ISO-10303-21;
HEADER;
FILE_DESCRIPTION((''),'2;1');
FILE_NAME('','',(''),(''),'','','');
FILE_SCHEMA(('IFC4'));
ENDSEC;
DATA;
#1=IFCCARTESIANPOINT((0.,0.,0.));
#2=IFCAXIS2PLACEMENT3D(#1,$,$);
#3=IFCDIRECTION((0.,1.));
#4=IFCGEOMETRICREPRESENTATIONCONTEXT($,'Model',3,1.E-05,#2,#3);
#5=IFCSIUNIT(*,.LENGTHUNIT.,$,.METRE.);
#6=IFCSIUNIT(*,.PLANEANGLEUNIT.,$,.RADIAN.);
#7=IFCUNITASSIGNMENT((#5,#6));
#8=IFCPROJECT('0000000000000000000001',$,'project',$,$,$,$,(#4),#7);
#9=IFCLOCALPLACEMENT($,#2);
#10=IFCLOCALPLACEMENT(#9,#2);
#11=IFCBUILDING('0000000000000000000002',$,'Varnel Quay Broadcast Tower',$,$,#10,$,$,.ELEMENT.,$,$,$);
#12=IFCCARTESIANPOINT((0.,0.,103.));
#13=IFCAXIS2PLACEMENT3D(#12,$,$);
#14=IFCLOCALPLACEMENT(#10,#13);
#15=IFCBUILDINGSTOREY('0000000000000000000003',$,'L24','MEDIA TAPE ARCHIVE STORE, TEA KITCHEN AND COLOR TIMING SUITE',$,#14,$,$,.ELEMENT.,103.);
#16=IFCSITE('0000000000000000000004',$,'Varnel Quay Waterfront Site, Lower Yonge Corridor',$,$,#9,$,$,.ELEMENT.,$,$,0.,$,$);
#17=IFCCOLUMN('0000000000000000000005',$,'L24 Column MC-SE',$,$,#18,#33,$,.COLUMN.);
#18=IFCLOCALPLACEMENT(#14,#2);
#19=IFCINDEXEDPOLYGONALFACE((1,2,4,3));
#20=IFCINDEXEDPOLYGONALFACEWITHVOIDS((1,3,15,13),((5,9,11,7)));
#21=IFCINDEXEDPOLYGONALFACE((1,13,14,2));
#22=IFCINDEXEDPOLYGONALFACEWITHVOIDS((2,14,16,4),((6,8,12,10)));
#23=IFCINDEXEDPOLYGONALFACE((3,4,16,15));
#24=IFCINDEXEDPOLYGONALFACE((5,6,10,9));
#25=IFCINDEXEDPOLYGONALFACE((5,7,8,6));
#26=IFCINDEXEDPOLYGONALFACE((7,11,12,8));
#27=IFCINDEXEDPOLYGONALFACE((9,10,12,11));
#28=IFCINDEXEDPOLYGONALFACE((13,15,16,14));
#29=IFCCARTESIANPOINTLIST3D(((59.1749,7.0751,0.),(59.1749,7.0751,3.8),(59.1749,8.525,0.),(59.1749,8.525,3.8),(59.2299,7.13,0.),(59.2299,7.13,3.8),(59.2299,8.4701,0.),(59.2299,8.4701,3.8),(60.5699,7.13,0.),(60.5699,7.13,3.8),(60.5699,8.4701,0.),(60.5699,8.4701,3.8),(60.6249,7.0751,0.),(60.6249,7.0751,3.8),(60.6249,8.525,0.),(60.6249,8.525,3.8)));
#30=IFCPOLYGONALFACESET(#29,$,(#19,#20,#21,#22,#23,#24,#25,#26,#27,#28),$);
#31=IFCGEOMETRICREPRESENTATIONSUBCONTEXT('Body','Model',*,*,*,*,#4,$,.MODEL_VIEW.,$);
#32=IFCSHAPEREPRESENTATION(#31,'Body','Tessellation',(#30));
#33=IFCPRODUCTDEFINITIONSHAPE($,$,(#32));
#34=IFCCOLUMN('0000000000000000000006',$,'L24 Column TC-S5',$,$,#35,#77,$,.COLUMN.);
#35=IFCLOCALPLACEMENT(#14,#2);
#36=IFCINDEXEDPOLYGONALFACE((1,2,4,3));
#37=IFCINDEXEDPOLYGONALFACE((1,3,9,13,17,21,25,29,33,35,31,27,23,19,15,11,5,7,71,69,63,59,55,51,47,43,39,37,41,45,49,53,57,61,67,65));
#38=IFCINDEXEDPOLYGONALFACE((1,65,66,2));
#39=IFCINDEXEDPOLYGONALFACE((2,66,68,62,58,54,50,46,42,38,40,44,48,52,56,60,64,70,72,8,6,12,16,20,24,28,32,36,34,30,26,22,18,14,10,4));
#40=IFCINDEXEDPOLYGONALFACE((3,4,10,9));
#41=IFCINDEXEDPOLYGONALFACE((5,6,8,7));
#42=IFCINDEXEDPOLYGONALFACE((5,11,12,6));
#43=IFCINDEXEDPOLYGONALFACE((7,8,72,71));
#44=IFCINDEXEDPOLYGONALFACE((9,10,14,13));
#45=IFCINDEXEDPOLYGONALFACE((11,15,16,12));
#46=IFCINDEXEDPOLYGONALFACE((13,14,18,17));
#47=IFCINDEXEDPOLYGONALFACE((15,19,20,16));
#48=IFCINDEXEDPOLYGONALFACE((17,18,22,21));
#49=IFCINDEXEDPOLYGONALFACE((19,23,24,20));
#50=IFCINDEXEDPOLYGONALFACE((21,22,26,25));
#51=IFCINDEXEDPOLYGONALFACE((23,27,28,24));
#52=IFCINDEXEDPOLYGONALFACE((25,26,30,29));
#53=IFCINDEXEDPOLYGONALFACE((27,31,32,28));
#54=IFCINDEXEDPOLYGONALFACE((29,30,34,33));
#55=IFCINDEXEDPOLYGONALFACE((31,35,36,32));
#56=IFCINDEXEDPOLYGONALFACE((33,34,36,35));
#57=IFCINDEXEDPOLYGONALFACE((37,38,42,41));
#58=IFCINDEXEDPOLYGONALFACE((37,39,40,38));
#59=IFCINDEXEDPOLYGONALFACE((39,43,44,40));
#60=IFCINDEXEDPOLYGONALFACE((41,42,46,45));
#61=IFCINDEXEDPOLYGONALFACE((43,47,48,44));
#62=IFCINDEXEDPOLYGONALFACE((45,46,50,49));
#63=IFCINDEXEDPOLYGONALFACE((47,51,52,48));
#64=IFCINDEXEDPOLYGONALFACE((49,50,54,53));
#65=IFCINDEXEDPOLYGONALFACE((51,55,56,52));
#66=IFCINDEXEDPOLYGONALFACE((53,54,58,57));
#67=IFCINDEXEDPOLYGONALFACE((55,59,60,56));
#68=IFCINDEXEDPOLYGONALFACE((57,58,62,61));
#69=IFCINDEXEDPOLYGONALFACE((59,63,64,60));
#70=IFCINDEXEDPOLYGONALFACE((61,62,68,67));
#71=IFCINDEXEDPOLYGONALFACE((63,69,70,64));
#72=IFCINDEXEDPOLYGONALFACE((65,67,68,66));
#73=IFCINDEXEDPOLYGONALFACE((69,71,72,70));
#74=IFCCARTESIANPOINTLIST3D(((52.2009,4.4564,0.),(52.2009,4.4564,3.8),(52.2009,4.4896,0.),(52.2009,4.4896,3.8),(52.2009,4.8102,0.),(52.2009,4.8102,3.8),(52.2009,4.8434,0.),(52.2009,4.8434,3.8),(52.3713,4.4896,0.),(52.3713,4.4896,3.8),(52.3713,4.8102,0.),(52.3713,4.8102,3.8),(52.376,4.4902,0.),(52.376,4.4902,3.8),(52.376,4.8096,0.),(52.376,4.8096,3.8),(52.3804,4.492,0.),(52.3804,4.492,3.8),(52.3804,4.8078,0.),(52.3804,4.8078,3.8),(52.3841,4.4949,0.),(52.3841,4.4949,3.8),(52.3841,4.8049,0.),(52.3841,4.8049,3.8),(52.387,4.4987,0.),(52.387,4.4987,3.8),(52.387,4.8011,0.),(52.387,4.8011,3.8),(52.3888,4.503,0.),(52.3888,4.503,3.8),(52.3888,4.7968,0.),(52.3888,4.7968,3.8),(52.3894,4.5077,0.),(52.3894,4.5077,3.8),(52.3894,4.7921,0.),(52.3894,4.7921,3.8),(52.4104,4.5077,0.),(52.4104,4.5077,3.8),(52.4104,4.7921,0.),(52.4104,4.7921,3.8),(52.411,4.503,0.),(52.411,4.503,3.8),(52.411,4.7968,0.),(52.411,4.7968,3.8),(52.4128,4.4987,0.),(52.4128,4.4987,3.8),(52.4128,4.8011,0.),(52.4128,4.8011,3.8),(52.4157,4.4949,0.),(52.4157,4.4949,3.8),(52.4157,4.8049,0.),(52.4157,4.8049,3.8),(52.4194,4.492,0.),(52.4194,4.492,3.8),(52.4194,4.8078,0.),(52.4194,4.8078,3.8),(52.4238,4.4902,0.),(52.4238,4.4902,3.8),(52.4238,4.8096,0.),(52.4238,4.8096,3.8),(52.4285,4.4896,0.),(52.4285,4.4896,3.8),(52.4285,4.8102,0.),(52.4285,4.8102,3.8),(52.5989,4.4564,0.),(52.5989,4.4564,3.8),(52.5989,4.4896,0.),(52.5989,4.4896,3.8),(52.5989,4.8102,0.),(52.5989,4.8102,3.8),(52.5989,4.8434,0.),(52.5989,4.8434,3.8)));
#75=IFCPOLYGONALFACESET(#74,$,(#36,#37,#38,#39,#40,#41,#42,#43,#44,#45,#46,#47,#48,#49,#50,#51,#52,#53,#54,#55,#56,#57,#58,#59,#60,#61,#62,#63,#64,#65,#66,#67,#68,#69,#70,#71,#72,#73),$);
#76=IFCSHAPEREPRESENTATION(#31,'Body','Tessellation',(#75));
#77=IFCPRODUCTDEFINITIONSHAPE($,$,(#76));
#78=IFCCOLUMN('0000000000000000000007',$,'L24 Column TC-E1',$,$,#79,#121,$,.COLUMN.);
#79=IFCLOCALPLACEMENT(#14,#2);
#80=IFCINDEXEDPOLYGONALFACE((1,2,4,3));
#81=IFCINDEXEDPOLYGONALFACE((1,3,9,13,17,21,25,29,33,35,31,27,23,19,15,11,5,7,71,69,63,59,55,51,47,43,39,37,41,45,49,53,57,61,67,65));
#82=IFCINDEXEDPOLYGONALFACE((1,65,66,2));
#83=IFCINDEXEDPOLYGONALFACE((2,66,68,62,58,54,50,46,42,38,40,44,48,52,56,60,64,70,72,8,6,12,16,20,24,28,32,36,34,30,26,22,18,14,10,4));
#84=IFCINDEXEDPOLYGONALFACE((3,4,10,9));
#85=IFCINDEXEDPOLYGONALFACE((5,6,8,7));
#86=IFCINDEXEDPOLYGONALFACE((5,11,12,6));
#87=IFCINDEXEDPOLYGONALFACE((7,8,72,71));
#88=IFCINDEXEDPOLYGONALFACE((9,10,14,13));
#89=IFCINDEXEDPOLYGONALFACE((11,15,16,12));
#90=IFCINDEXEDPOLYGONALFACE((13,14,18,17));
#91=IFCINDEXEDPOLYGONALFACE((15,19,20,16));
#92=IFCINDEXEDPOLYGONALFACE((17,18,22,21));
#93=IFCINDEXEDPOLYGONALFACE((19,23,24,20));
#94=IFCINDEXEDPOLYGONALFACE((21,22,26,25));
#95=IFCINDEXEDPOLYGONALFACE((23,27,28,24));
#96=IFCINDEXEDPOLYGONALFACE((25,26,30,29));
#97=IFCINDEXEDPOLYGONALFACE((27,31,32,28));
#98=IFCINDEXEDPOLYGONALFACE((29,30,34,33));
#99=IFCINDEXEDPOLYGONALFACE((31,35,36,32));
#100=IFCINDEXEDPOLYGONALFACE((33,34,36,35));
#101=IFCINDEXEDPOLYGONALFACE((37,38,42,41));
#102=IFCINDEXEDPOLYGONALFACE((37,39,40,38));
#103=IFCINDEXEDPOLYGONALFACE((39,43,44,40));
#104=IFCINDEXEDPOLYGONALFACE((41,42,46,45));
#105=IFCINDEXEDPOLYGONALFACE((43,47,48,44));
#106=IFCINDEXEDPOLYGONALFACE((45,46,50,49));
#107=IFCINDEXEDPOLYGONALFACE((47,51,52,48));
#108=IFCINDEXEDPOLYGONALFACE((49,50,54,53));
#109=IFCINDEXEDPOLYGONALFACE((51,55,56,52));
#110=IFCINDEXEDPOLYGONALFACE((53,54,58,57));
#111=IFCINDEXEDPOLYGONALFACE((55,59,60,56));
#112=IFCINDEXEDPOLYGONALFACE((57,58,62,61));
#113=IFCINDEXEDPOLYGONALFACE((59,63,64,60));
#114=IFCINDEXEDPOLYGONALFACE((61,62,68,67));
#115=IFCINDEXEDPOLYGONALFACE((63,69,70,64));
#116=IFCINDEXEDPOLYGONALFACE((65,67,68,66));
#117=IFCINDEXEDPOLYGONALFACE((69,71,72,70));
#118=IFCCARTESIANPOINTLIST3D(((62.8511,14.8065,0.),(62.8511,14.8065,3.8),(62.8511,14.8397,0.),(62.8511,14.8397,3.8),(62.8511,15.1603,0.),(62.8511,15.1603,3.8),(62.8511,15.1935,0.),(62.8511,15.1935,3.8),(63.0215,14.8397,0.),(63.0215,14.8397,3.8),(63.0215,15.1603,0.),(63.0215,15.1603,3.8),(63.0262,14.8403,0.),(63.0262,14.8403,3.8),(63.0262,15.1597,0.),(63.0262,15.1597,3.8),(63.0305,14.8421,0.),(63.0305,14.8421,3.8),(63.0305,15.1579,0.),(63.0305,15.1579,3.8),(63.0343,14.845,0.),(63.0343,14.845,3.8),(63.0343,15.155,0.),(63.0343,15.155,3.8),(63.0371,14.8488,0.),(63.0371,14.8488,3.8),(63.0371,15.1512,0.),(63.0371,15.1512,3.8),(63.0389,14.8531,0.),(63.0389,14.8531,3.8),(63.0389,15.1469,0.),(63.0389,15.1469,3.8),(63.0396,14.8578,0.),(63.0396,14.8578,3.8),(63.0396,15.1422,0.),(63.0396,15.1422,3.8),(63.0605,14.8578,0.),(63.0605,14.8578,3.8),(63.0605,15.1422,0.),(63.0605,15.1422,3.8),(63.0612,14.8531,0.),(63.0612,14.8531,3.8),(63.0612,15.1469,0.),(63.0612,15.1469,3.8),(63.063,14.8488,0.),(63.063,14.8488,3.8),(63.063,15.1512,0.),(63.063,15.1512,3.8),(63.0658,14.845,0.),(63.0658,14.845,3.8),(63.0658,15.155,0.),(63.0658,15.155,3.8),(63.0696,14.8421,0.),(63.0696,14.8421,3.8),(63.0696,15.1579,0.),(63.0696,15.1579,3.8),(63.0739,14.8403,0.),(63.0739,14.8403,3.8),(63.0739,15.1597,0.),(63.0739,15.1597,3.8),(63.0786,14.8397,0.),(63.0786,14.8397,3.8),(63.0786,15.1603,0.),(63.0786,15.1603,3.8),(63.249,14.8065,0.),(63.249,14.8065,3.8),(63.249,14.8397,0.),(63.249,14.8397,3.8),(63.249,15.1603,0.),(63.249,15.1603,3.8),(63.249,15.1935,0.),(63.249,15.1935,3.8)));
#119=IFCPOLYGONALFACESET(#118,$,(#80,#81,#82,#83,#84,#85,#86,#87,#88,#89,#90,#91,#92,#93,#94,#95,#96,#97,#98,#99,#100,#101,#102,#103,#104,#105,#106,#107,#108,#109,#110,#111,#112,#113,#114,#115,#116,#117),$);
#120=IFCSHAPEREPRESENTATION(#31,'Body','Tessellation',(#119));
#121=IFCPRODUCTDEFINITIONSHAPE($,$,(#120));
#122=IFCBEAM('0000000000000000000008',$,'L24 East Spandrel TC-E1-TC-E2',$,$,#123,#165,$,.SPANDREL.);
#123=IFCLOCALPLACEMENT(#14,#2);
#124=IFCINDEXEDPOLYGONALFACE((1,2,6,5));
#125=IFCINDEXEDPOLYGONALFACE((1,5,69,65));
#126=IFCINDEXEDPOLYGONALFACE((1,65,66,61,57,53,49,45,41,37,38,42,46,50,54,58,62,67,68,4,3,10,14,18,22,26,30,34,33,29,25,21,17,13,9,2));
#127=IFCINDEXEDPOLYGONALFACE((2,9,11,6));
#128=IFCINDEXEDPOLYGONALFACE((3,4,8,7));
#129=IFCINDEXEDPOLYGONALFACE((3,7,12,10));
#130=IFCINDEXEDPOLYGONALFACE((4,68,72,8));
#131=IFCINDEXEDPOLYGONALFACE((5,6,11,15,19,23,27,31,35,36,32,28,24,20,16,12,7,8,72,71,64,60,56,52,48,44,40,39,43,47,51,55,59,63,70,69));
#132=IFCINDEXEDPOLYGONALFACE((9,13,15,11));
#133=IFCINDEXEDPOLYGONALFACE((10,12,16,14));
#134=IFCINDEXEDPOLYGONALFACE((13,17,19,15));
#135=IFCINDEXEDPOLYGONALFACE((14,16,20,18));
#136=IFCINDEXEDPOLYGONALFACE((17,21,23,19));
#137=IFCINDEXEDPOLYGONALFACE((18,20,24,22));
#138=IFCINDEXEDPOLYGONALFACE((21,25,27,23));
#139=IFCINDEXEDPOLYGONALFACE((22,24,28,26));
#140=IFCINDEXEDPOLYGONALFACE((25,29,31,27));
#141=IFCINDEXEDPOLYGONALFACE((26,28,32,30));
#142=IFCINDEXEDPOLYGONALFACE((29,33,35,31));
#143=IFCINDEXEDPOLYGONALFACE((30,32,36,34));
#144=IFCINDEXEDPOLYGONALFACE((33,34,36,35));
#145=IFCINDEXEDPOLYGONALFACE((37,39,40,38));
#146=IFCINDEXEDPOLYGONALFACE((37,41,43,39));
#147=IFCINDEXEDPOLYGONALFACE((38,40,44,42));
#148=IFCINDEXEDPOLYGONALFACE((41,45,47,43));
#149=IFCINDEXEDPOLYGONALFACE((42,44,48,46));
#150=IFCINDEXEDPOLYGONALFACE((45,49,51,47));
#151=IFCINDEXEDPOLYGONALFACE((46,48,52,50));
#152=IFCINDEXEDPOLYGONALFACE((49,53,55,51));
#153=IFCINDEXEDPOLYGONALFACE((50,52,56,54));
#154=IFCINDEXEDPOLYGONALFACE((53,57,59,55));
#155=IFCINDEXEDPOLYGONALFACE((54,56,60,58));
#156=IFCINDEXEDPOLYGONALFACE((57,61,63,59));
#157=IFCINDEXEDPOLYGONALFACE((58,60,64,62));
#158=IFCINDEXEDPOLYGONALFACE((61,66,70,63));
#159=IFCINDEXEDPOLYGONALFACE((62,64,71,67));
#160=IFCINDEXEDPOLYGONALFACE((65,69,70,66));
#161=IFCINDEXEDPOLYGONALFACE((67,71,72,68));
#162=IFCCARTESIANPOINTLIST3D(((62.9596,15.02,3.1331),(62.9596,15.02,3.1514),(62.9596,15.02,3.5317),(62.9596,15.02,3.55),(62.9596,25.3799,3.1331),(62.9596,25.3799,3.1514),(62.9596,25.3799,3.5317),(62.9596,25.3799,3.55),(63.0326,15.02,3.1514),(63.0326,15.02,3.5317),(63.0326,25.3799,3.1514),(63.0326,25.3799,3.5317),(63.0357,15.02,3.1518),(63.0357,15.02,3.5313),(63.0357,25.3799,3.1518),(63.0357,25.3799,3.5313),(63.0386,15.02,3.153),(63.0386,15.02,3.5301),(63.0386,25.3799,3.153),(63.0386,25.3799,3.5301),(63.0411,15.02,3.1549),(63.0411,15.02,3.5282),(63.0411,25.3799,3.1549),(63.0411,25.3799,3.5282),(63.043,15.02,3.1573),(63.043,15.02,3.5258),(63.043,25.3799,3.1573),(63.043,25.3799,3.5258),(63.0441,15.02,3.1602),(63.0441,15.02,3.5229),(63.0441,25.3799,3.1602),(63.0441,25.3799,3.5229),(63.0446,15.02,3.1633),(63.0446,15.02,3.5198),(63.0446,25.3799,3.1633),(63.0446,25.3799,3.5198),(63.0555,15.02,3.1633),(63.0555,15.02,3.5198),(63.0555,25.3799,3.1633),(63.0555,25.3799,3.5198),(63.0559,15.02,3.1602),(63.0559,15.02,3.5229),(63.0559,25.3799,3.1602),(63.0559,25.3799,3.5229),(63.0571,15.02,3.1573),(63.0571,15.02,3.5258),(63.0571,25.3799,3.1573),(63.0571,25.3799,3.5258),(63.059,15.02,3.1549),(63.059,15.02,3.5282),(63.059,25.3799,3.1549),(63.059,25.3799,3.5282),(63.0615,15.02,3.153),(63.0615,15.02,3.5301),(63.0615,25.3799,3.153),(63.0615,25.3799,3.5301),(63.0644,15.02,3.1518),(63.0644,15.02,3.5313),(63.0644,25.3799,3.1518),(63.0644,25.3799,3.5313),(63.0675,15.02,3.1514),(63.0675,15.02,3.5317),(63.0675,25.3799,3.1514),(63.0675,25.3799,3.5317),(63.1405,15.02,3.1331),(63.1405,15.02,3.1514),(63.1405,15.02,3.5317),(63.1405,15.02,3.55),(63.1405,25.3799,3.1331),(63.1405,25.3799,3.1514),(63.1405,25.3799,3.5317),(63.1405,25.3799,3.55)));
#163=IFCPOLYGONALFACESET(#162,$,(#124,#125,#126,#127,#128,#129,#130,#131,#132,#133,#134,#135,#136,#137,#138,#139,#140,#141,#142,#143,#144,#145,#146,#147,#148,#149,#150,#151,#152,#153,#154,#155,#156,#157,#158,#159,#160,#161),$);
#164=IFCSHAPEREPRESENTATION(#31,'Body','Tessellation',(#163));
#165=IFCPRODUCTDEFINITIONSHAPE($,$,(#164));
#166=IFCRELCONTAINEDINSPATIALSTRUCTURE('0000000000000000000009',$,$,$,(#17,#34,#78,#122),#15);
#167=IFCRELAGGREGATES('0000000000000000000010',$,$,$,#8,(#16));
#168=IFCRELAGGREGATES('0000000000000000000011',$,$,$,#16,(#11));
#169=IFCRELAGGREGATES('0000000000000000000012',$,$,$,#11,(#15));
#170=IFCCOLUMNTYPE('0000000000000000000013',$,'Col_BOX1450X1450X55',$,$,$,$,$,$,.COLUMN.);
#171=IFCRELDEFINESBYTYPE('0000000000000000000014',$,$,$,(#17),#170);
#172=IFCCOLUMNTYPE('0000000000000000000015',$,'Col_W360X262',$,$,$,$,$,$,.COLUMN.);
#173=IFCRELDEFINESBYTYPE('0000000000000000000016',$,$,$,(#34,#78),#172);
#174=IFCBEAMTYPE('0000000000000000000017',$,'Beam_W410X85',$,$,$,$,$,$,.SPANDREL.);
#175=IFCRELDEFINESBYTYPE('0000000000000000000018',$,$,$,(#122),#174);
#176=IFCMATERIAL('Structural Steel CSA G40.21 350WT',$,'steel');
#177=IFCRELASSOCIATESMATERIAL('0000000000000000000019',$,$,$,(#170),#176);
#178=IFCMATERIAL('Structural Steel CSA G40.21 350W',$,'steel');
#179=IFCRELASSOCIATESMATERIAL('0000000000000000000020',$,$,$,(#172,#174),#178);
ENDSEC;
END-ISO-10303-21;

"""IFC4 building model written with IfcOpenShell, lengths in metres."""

from ifc_helpers import new_model, si_unit, direction, frame, origin, origin_2d, place, context, subcontext, project, spatial, hollow_rectangle, i_section, extrude, source, transform, mapped, material, material_profile, profile_set, type_object, type_shapes, element, save


model = new_model("IFC4")

# Units and contexts
model_context = context("Model", 3, precision=1e-05, world=origin(), true_north=direction((0.0, 1.0)))
body_context = subcontext(model_context, "Body", "Model", "MODEL_VIEW")
ifc_project = project(units=[si_unit("LENGTHUNIT", "METRE"), si_unit("PLANEANGLEUNIT", "RADIAN")], contexts=[model_context])

# Site, building, storey
site_placement = place(None, origin())
site = spatial("IfcSite", under=ifc_project, at=site_placement, Name="Varnel Quay Waterfront Site, Lower Yonge Corridor", CompositionType="ELEMENT", RefElevation=0.0)
building_placement = place(site_placement, origin())
building = spatial("IfcBuilding", under=site, at=building_placement, Name="Varnel Quay Broadcast Tower", CompositionType="ELEMENT")
storey_placement = place(building_placement, frame((0.0, 0.0, 103.0)))
storey = spatial("IfcBuildingStorey", under=building, at=storey_placement, Name="L24", Description="MEDIA TAPE ARCHIVE STORE, TEA KITCHEN AND COLOR TIMING SUITE", CompositionType="ELEMENT", Elevation=103.0)

# Columns
ifc_material_1 = material(Name="Structural Steel CSA G40.21 350WT", Category="steel")
ifc_material_profile_1 = material_profile(ifc_material_1, hollow_rectangle(XDim=1.45, YDim=1.45, WallThickness=0.0549, at=origin_2d()), Name="BOX1450X1450X55")
ifc_profile_set_1 = profile_set([ifc_material_profile_1], Name="Structural Steel CSA G40.21 350WT")
column_type_1 = type_object("IfcColumnType", Name="Col_BOX1450X1450X55", PredefinedType="COLUMN", material=ifc_profile_set_1)
shared_shape_1 = source(origin(), body_context, "Body", "SweptSolid", [
    extrude(hollow_rectangle(XDim=1.45, YDim=1.45, WallThickness=0.0549, at=origin_2d()), origin(), (0.0, 0.0, 1.0), 3.8),
])
type_shapes(column_type_1, [shared_shape_1])
column_placement = place(storey_placement, frame((59.8999, 7.8, 0.0), z_axis=(0.0, 0.0, 1.0), x_axis=(1.0, 0.0, 0.0)))
element("IfcColumn", 1, at=column_placement, inside=storey, type_object=column_type_1, Name="L24 Column MC-SE", PredefinedType="COLUMN", context=body_context, shape_type="MappedRepresentation", body=[
    mapped(shared_shape_1, transform((0.0, 0.0, 0.0), x_axis=(1.0, 0.0, 0.0), y_axis=(0.0, 1.0, 0.0), z_axis=(0.0, 0.0, 1.0), scale=1.0)),
])
ifc_material_2 = material(Name="Structural Steel CSA G40.21 350W", Category="steel")
ifc_material_profile_2 = material_profile(ifc_material_2, i_section(OverallWidth=0.3979, OverallDepth=0.387, WebThickness=0.021, FlangeThickness=0.0332, FilletRadius=0.0181, at=origin_2d()), Name="W360X262")
ifc_profile_set_2 = profile_set([ifc_material_profile_2], Name="Structural Steel CSA G40.21 350W")
column_type_2 = type_object("IfcColumnType", Name="Col_W360X262", PredefinedType="COLUMN", material=ifc_profile_set_2)
shared_shape_2 = source(origin(), body_context, "Body", "SweptSolid", [
    extrude(i_section(OverallWidth=0.3979, OverallDepth=0.387, WebThickness=0.021, FlangeThickness=0.0332, FilletRadius=0.0181, at=origin_2d()), origin(), (0.0, 0.0, 1.0), 3.8),
])
type_shapes(column_type_2, [shared_shape_2])
for number, where, z_axis, x_axis, name in (
    (2, (52.3999, 4.6499, 0.0), (0.0, 0.0, 1.0), (1.0, 0.0, 0.0), "L24 Column TC-S5"),
    (3, (63.05, 15.0, 0.0), (0.0, 0.0, 1.0), (1.0, 0.0, 0.0), "L24 Column TC-E1"),
):
    element("IfcColumn", number, at=place(storey_placement, frame(where, z_axis=z_axis, x_axis=x_axis)), inside=storey, type_object=column_type_2, Name=name, PredefinedType="COLUMN", context=body_context, shape_type="MappedRepresentation", body=[
        mapped(shared_shape_2, transform((0.0, 0.0, 0.0), x_axis=(1.0, 0.0, 0.0), y_axis=(0.0, 1.0, 0.0), z_axis=(0.0, 0.0, 1.0), scale=1.0)),
    ])

# Beam
ifc_material_profile_3 = material_profile(ifc_material_2, i_section(OverallWidth=0.1809, OverallDepth=0.417, WebThickness=0.011, FlangeThickness=0.0183, FilletRadius=0.012, at=origin_2d()), Name="W410X85")
ifc_profile_set_3 = profile_set([ifc_material_profile_3], Name="Structural Steel CSA G40.21 350W")
beam_type = type_object("IfcBeamType", Name="Beam_W410X85", PredefinedType="SPANDREL", material=ifc_profile_set_3)
shared_shape_3 = source(origin(), body_context, "Body", "SweptSolid", [
    extrude(i_section(OverallWidth=0.1809, OverallDepth=0.417, WebThickness=0.011, FlangeThickness=0.0183, FilletRadius=0.012, at=origin_2d()), origin(), (0.0, 0.0, 1.0), 10.3599),
])
beam_1_placement = place(storey_placement, frame((63.05, 15.02, 3.3416), z_axis=(0.0, 1.0, 0.0), x_axis=(-1.0, 0.0, 0.0)))
element("IfcBeam", 4, at=beam_1_placement, inside=storey, type_object=beam_type, Name="L24 East Spandrel TC-E1-TC-E2", PredefinedType="SPANDREL", context=body_context, shape_type="MappedRepresentation", body=[
    mapped(shared_shape_3, transform((0.0, 0.0, 0.0), x_axis=(1.0, 0.0, 0.0), y_axis=(0.0, 1.0, 0.0), z_axis=(0.0, 0.0, 1.0), scale=1.0)),
])

save(model, "model.ifc")
